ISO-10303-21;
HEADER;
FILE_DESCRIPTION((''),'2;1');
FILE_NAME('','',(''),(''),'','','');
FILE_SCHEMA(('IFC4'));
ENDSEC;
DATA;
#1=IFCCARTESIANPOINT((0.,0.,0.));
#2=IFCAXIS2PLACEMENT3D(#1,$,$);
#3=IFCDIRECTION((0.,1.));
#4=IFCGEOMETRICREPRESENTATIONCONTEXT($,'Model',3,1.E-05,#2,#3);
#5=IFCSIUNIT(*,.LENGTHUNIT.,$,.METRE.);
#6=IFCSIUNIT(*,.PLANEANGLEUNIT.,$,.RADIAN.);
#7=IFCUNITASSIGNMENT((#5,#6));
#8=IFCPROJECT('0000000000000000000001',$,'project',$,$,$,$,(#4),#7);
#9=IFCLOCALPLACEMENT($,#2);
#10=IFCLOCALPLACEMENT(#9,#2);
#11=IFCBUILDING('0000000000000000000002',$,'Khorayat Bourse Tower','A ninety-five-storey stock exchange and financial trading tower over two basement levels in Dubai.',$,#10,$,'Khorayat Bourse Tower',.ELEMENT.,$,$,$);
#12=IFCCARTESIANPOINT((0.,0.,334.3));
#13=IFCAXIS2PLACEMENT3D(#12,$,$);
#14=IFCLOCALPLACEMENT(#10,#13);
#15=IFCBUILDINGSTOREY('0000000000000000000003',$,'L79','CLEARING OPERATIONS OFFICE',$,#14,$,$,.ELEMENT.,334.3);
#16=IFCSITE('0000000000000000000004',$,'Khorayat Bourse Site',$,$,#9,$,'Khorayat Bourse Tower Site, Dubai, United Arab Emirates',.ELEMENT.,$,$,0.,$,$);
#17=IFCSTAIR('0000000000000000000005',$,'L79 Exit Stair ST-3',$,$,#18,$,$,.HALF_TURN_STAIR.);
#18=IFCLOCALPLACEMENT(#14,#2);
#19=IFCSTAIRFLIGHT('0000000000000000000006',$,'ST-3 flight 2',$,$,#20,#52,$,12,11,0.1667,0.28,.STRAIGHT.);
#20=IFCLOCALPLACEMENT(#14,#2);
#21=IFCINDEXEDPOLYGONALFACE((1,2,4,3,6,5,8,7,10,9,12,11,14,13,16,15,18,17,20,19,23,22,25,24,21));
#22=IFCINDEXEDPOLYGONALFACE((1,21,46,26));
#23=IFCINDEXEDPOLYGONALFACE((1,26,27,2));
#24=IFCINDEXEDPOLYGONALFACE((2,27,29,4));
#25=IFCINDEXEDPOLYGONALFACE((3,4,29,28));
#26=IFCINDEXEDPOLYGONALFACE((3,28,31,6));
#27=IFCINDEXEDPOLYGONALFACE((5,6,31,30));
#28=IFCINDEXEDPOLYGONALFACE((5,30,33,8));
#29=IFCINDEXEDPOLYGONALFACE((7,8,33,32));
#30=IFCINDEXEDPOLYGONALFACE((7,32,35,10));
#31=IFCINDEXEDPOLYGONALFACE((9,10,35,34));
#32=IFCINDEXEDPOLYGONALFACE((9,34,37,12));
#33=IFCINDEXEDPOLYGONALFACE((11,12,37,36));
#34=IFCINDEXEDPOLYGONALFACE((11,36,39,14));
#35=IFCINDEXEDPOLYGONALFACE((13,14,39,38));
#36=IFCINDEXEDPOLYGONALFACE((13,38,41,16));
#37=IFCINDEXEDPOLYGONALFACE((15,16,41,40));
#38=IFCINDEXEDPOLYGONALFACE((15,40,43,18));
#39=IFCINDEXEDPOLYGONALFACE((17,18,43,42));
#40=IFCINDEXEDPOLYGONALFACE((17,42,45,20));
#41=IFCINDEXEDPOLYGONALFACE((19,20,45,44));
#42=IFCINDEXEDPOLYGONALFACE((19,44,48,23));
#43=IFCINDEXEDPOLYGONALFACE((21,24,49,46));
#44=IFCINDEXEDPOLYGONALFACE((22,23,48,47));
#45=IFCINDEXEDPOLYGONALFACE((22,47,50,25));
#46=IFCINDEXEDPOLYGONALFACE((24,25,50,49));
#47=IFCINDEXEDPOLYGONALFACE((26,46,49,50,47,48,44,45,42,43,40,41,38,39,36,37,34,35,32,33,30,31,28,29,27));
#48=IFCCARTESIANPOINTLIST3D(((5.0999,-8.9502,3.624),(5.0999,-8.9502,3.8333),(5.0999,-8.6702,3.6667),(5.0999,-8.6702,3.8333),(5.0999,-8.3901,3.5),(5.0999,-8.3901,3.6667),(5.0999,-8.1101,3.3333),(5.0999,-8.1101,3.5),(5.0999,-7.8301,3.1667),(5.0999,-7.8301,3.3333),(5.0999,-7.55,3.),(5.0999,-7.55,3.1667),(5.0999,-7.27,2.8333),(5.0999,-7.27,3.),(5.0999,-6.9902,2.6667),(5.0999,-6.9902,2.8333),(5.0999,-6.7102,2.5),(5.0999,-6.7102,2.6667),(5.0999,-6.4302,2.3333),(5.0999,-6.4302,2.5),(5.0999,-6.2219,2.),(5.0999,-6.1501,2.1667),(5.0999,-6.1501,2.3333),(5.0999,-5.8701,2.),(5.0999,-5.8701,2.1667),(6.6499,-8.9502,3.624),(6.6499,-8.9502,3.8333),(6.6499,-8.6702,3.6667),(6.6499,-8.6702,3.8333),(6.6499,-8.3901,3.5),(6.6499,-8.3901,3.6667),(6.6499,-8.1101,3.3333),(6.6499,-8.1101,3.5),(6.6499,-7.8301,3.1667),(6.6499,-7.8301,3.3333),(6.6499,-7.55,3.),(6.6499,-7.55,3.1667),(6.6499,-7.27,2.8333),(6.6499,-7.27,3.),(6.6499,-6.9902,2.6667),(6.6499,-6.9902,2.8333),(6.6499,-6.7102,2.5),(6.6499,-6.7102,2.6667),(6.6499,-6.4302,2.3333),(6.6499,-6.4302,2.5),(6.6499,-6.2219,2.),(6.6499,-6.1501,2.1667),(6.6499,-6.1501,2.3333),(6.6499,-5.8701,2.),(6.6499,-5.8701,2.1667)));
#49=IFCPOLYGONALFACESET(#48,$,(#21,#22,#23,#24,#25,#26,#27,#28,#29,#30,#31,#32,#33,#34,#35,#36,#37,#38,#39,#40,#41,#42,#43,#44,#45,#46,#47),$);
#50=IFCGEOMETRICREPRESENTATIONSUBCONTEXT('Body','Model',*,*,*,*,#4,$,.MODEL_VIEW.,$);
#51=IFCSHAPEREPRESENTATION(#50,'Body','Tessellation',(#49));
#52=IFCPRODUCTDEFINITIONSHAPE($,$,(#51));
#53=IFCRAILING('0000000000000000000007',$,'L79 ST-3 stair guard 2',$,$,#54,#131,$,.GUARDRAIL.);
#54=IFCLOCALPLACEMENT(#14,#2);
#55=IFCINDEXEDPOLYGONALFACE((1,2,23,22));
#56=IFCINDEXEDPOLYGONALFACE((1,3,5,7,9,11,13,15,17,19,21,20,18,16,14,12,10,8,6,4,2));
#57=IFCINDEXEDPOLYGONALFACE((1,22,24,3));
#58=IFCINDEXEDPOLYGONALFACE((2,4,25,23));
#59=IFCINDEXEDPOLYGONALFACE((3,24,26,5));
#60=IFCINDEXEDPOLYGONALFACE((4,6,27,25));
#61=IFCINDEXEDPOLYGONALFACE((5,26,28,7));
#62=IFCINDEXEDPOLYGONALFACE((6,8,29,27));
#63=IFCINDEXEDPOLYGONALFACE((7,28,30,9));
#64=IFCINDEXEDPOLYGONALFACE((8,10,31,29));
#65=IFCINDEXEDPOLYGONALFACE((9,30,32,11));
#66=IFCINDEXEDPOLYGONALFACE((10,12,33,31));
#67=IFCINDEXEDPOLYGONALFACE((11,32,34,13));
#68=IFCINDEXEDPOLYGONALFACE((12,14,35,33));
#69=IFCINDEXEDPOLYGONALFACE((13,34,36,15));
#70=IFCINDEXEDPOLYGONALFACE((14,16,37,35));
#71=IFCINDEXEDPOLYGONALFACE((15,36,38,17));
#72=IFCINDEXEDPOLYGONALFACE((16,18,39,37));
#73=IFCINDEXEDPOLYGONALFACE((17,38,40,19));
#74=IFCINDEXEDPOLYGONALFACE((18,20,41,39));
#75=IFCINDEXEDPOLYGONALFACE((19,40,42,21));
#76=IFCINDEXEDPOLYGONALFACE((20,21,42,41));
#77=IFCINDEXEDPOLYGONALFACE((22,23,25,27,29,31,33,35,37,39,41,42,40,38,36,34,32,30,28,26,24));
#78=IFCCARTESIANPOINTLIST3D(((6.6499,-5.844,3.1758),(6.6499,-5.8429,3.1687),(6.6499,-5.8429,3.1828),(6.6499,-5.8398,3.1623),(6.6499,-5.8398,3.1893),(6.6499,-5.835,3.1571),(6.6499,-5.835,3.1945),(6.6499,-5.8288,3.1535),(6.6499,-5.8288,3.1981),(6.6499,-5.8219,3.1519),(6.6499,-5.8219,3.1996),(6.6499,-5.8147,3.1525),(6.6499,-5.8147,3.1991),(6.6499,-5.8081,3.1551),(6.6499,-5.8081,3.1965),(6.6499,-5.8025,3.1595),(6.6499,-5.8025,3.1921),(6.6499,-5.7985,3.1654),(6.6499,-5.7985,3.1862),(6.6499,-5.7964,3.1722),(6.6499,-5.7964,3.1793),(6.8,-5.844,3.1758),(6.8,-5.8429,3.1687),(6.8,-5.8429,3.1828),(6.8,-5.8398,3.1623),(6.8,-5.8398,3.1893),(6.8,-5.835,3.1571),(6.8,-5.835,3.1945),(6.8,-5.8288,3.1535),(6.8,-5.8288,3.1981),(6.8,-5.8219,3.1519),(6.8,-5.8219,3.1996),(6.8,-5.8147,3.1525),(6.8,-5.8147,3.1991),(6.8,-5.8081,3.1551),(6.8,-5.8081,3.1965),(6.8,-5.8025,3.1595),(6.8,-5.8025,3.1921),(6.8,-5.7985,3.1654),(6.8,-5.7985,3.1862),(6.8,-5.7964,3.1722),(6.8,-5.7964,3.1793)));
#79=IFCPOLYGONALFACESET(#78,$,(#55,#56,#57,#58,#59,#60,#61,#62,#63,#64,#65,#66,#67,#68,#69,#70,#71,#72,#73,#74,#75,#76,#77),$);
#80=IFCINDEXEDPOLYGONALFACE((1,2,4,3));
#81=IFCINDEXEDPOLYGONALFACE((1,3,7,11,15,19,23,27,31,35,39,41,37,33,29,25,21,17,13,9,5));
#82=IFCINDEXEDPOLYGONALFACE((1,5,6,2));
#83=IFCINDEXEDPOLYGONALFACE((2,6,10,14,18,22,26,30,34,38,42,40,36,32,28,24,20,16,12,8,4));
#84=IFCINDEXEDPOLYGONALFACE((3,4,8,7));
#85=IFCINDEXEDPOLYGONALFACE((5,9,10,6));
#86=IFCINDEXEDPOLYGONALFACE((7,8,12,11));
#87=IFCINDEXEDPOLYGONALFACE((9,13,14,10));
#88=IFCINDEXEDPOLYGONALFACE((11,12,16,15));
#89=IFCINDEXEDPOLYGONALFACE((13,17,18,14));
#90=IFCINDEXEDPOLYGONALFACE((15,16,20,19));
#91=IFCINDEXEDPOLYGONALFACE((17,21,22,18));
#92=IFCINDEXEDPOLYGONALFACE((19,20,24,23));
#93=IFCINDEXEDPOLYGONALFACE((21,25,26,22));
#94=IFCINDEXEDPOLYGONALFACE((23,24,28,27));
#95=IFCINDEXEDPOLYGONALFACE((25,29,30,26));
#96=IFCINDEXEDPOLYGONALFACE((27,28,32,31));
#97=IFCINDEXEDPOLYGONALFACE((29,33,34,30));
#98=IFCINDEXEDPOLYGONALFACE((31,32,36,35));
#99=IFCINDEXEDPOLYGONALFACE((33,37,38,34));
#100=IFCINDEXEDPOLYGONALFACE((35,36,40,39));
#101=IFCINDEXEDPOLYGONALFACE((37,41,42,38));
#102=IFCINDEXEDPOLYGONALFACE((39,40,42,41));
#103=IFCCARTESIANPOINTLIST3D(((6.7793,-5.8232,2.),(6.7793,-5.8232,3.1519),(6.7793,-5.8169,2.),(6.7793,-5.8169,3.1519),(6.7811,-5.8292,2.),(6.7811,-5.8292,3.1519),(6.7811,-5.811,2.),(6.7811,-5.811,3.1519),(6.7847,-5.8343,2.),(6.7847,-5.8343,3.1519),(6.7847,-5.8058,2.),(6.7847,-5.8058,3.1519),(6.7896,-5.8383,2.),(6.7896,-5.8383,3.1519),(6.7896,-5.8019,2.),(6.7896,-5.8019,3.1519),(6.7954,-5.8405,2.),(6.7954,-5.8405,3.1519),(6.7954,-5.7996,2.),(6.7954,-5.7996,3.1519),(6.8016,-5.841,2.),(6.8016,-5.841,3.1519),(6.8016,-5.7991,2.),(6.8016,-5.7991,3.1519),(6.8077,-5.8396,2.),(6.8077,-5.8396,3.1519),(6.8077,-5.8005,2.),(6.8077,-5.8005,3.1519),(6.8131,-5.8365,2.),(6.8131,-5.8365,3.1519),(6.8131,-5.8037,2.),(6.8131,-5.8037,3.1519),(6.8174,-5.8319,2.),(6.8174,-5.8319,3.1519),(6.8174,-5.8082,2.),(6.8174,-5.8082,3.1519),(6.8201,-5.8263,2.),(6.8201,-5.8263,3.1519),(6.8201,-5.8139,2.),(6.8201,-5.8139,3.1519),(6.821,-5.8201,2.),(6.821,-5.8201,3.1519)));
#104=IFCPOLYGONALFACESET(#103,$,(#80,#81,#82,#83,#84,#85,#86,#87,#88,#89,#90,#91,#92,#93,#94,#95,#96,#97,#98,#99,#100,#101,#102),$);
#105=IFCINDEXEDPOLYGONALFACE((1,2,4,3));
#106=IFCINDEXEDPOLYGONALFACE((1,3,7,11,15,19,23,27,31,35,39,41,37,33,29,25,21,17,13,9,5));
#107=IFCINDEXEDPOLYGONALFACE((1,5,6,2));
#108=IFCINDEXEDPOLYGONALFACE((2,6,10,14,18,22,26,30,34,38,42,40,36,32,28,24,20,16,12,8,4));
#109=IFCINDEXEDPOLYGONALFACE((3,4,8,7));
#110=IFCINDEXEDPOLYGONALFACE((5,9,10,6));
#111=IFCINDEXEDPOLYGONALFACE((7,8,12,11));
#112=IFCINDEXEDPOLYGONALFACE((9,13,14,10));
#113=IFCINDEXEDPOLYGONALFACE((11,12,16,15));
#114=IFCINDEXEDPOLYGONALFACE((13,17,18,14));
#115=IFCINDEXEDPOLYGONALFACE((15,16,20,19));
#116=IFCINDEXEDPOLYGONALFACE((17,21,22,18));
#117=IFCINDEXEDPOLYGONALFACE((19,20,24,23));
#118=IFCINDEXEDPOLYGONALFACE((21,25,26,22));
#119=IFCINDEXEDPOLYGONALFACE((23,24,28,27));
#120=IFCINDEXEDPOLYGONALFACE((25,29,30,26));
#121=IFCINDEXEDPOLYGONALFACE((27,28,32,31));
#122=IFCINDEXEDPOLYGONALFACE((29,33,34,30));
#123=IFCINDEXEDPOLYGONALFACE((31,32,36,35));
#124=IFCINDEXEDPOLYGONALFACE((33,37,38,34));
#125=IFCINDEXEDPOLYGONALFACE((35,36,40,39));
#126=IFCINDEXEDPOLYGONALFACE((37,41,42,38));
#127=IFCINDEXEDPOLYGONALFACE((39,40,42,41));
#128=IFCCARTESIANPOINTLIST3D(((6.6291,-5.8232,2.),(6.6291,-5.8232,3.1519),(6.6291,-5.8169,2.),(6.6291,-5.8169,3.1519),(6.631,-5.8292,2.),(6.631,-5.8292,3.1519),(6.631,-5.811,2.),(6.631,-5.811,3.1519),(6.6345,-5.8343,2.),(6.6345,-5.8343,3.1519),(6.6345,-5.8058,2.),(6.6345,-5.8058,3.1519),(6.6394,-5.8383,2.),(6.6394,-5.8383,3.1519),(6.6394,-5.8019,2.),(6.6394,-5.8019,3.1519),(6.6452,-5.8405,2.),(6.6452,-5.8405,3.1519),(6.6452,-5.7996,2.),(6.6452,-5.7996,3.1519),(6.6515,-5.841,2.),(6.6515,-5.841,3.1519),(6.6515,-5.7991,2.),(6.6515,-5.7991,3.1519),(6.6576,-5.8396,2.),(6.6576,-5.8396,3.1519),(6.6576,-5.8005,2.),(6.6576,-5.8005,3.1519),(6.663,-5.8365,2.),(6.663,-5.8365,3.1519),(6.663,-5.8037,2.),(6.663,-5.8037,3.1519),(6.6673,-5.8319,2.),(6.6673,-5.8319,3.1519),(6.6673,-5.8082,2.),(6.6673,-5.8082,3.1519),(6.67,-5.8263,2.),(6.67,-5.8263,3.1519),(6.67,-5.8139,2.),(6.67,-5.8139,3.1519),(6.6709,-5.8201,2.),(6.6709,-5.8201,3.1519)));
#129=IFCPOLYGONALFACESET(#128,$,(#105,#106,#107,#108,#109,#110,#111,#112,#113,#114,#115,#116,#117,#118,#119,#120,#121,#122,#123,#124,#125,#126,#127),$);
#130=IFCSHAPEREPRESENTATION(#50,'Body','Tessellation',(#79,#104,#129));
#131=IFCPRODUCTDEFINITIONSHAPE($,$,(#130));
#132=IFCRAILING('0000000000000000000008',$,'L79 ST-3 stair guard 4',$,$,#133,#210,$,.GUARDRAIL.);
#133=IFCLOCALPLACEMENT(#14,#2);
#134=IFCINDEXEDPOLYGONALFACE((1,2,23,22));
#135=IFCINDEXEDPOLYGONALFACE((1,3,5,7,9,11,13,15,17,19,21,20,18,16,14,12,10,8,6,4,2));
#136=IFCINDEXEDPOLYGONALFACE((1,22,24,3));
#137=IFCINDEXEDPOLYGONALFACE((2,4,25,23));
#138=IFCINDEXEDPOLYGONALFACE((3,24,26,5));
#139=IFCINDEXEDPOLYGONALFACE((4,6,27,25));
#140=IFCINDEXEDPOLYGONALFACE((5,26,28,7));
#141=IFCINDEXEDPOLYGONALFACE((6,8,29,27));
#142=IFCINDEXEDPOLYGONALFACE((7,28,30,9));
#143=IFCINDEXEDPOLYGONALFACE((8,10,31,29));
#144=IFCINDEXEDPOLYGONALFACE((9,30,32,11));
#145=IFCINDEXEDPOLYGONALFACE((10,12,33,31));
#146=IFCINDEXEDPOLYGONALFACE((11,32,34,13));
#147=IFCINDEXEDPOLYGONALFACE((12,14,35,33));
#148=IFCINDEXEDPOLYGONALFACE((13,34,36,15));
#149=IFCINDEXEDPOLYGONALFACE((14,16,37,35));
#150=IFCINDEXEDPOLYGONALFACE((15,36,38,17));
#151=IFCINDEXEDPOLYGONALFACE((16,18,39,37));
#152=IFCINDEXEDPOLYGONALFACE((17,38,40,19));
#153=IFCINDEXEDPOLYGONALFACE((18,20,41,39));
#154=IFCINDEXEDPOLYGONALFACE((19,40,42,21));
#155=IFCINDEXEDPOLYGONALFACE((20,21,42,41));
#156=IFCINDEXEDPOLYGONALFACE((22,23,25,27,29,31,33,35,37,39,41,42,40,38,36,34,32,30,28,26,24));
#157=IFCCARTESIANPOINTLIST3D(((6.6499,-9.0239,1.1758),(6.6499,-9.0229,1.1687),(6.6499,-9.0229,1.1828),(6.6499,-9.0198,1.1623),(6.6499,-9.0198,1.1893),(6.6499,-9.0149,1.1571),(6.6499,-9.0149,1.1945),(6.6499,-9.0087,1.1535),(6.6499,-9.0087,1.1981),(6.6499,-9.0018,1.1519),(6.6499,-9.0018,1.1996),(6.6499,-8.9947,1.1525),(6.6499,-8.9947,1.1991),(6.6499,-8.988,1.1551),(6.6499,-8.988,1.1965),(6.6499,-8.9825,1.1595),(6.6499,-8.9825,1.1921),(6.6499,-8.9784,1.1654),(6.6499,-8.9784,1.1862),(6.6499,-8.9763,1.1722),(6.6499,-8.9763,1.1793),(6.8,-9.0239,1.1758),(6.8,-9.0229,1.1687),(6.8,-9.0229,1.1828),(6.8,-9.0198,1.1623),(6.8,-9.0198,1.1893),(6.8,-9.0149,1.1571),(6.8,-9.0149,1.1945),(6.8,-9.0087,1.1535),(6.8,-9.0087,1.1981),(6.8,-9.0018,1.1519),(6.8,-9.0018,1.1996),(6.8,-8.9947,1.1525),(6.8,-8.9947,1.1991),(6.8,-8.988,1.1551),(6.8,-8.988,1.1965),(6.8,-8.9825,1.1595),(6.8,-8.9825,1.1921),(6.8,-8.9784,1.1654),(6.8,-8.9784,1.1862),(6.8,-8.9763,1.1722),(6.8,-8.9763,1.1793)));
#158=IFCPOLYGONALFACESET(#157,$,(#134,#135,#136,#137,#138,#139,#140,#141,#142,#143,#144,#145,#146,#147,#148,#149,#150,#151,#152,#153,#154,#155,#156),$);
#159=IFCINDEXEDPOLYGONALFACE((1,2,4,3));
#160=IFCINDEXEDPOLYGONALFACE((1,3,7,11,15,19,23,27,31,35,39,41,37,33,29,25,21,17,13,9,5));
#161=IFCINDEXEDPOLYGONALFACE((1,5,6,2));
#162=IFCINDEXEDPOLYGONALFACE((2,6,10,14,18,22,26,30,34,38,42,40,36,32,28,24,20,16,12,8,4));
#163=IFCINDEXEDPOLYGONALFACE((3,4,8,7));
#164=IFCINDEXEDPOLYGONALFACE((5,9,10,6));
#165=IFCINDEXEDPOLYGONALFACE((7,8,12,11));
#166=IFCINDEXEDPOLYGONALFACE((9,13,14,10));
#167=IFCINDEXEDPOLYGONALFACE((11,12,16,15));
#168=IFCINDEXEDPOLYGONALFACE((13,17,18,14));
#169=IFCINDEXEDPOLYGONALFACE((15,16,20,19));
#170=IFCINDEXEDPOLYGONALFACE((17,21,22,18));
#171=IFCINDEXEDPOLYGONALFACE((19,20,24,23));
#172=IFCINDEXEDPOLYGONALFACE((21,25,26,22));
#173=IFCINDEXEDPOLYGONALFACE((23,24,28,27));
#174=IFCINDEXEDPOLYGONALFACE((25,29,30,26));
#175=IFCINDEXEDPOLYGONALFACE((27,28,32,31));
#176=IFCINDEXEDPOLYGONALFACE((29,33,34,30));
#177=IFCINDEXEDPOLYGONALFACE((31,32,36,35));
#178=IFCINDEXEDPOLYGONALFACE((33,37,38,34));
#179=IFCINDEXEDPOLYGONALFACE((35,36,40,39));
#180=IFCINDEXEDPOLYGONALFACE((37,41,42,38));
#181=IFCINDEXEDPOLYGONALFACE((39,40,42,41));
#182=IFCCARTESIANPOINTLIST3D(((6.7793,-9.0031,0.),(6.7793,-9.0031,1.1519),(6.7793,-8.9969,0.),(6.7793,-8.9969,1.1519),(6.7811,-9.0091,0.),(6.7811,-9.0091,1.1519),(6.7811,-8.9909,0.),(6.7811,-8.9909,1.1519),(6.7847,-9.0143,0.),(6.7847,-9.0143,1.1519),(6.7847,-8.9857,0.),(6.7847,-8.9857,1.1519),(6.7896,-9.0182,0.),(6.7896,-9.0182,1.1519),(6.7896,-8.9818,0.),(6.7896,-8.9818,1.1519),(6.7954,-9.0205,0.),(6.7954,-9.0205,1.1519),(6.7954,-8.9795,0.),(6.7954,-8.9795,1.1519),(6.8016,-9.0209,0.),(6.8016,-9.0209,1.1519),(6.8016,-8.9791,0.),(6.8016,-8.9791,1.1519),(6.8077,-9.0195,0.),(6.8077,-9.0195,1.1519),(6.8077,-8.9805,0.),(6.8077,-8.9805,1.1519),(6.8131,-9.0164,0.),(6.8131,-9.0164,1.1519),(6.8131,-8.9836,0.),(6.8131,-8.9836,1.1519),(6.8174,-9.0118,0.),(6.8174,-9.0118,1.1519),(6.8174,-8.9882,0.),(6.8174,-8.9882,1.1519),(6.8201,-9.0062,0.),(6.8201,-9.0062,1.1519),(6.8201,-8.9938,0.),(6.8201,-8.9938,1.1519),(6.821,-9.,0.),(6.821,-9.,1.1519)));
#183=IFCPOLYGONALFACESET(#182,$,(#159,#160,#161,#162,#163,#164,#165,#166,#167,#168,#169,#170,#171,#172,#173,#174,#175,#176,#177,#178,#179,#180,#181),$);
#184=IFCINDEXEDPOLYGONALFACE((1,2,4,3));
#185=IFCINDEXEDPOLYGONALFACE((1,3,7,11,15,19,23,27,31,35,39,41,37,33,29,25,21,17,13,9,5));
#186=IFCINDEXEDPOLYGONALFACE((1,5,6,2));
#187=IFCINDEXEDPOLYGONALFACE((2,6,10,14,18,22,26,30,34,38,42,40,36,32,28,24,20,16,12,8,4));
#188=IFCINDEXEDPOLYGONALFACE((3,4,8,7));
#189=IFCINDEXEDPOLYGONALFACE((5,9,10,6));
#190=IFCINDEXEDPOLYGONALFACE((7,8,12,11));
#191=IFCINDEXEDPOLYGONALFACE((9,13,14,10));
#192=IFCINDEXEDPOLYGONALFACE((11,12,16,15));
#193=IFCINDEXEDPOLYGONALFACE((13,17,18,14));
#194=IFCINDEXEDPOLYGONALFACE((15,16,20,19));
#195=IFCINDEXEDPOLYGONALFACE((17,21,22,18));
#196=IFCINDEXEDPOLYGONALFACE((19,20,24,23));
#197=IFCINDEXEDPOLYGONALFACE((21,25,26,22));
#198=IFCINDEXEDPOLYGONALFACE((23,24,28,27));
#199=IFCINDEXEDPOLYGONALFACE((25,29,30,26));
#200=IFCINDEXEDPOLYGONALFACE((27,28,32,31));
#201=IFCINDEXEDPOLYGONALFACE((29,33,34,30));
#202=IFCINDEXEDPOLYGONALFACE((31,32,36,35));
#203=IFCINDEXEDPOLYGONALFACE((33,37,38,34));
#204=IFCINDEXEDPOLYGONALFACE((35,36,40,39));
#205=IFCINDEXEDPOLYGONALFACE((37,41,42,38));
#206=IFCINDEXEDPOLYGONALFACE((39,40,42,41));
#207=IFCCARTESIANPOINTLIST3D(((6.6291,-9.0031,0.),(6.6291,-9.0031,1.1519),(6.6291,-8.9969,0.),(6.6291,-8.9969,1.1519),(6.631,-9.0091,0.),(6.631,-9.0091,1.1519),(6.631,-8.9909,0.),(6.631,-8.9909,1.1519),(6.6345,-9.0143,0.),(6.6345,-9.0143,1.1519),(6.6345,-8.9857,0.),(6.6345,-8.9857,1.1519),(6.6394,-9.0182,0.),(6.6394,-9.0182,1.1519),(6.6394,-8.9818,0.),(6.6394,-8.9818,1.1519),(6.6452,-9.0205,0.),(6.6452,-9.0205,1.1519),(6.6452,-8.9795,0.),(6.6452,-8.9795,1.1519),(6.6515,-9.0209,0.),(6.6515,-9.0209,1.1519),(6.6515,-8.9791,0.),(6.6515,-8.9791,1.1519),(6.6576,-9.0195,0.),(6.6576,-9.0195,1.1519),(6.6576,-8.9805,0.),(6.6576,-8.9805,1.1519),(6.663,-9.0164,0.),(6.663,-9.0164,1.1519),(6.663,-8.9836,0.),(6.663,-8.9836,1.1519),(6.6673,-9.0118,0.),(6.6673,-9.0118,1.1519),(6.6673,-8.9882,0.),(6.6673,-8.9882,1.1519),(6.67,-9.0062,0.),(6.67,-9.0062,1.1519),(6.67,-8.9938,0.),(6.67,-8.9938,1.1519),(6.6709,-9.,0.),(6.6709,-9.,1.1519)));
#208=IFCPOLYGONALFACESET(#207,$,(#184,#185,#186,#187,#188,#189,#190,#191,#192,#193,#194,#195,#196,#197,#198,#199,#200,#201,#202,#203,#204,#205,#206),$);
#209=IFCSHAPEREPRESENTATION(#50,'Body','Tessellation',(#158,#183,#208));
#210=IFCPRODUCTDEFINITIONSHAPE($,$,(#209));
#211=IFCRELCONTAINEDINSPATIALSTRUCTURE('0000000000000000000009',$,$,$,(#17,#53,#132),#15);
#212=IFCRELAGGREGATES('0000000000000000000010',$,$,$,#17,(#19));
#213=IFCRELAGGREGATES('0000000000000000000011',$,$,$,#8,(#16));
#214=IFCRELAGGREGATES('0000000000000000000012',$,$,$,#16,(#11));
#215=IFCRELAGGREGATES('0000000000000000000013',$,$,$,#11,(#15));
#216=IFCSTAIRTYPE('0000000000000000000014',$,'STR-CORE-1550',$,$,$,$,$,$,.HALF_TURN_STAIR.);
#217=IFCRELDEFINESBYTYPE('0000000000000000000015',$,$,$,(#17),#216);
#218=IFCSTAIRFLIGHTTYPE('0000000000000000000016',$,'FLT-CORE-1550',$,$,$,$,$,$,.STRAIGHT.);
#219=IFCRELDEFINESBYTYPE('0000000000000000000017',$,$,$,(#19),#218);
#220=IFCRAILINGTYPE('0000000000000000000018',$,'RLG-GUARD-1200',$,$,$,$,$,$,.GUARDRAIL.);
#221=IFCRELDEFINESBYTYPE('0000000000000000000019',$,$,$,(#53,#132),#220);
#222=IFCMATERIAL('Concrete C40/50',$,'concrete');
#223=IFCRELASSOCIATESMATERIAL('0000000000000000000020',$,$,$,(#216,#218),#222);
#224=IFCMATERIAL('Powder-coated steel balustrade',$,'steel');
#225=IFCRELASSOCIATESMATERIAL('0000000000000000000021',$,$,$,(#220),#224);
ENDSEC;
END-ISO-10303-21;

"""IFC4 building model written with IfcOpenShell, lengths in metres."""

from ifc_helpers import new_model, si_unit, direction, frame, origin, origin_2d, place, context, subcontext, project, spatial, polyline, circle, outline, extrude, source, transform, mapped, material, type_object, element, aggregate, save


model = new_model("IFC4")

# Units and contexts
model_context = context("Model", 3, precision=1e-05, world=origin(), true_north=direction((0.0, 1.0)))
body_context = subcontext(model_context, "Body", "Model", "MODEL_VIEW")
ifc_project = project(units=[si_unit("LENGTHUNIT", "METRE"), si_unit("PLANEANGLEUNIT", "RADIAN")], contexts=[model_context])

# Site, building, storey
site_placement = place(None, origin())
site = spatial("IfcSite", under=ifc_project, at=site_placement, Name="Khorayat Bourse Site", LongName="Khorayat Bourse Tower Site, Dubai, United Arab Emirates", CompositionType="ELEMENT", RefElevation=0.0)
building_placement = place(site_placement, origin())
building = spatial("IfcBuilding", under=site, at=building_placement, Name="Khorayat Bourse Tower", Description="A ninety-five-storey stock exchange and financial trading tower over two basement levels in Dubai.", LongName="Khorayat Bourse Tower", CompositionType="ELEMENT")
storey_placement = place(building_placement, frame((0.0, 0.0, 334.3)))
storey = spatial("IfcBuildingStorey", under=building, at=storey_placement, Name="L79", Description="CLEARING OPERATIONS OFFICE", CompositionType="ELEMENT", Elevation=334.3)

# Stair, stair flight
ifc_material_1 = material(Name="Concrete C40/50", Category="concrete")
stair_type = type_object("IfcStairType", Name="STR-CORE-1550", PredefinedType="HALF_TURN_STAIR", material=ifc_material_1)
stair_placement = place(storey_placement, origin())
stair = element("IfcStair", 1, at=stair_placement, inside=storey, type_object=stair_type, Name="L79 Exit Stair ST-3", PredefinedType="HALF_TURN_STAIR")
stair_flight_type = type_object("IfcStairFlightType", Name="FLT-CORE-1550", PredefinedType="STRAIGHT", material=ifc_material_1)
shared_shape_1 = source(origin(), body_context, "Body", "SweptSolid", [
    extrude(outline(polyline([(0.0, 0.0), (0.0, 0.1667), (0.28, 0.1667), (0.28, 0.3333), (0.5601, 0.3333), (0.5601, 0.5), (0.8401, 0.5), (0.8401, 0.6667), (1.1201, 0.6667), (1.1201, 0.8333), (1.3999, 0.8333), (1.3999, 1.0), (1.6799, 1.0), (1.6799, 1.1667), (1.96, 1.1667), (1.96, 1.3333), (2.24, 1.3333), (2.24, 1.5), (2.52, 1.5), (2.52, 1.6667), (2.8, 1.6667), (2.8, 1.8333), (3.0801, 1.8333), (3.0801, 2.0), (3.0801, 1.624), (0.3518, 0.0), (0.0, 0.0)])), frame((0.0, 0.7749, 0.0), z_axis=(0.0, -1.0, 0.0), x_axis=(1.0, 0.0, 0.0)), (0.0, 0.0, 1.0), 1.55),
])
stair_flight_1_placement = place(storey_placement, frame((5.875, -5.8701, 2.0), z_axis=(0.0, 0.0, 1.0), x_axis=(0.0, -1.0, 0.0)))
stair_flight_1 = element("IfcStairFlight", 2, at=stair_flight_1_placement, type_object=stair_flight_type, Name="ST-3 flight 2", NumberOfRisers=12, NumberOfTreads=11, PredefinedType="STRAIGHT", RiserHeight=0.1667, TreadLength=0.28, context=body_context, shape_type="MappedRepresentation", body=[
    mapped(shared_shape_1, transform((0.0, 0.0, 0.0), scale=1.0)),
])
aggregate(stair, [stair_flight_1])

# Railings
ifc_material_2 = material(Name="Powder-coated steel balustrade", Category="steel")
railing_type_1 = type_object("IfcRailingType", Name="RLG-GUARD-1200", PredefinedType="GUARDRAIL", material=ifc_material_2)
shared_shape_2 = source(origin(), body_context, "Body", "SweptSolid", [
    extrude(circle(Radius=0.0239, at=origin_2d()), frame((0.0, 0.0, 1.1758), z_axis=(-1.0, 0.0, 0.0), x_axis=(0.0, -1.0, 0.0)), (0.0, 0.0, 1.0), 0.1501),
    extrude(circle(Radius=0.021, at=origin_2d()), origin(), (0.0, 0.0, 1.0), 1.1519),
    extrude(circle(Radius=0.021, at=origin_2d()), frame((-0.1501, 0.0, 0.0)), (0.0, 0.0, 1.0), 1.1519),
])
for number, where, name in (
    (3, (6.8, -5.8201, 2.0), "L79 ST-3 stair guard 2"),
    (4, (6.8, -9.0, 0.0), "L79 ST-3 stair guard 4"),
):
    element("IfcRailing", number, at=place(storey_placement, frame(where)), inside=storey, type_object=railing_type_1, Name=name, PredefinedType="GUARDRAIL", context=body_context, shape_type="MappedRepresentation", body=[
        mapped(shared_shape_2, transform((0.0, 0.0, 0.0), scale=1.0)),
    ])

save(model, "model.ifc")
